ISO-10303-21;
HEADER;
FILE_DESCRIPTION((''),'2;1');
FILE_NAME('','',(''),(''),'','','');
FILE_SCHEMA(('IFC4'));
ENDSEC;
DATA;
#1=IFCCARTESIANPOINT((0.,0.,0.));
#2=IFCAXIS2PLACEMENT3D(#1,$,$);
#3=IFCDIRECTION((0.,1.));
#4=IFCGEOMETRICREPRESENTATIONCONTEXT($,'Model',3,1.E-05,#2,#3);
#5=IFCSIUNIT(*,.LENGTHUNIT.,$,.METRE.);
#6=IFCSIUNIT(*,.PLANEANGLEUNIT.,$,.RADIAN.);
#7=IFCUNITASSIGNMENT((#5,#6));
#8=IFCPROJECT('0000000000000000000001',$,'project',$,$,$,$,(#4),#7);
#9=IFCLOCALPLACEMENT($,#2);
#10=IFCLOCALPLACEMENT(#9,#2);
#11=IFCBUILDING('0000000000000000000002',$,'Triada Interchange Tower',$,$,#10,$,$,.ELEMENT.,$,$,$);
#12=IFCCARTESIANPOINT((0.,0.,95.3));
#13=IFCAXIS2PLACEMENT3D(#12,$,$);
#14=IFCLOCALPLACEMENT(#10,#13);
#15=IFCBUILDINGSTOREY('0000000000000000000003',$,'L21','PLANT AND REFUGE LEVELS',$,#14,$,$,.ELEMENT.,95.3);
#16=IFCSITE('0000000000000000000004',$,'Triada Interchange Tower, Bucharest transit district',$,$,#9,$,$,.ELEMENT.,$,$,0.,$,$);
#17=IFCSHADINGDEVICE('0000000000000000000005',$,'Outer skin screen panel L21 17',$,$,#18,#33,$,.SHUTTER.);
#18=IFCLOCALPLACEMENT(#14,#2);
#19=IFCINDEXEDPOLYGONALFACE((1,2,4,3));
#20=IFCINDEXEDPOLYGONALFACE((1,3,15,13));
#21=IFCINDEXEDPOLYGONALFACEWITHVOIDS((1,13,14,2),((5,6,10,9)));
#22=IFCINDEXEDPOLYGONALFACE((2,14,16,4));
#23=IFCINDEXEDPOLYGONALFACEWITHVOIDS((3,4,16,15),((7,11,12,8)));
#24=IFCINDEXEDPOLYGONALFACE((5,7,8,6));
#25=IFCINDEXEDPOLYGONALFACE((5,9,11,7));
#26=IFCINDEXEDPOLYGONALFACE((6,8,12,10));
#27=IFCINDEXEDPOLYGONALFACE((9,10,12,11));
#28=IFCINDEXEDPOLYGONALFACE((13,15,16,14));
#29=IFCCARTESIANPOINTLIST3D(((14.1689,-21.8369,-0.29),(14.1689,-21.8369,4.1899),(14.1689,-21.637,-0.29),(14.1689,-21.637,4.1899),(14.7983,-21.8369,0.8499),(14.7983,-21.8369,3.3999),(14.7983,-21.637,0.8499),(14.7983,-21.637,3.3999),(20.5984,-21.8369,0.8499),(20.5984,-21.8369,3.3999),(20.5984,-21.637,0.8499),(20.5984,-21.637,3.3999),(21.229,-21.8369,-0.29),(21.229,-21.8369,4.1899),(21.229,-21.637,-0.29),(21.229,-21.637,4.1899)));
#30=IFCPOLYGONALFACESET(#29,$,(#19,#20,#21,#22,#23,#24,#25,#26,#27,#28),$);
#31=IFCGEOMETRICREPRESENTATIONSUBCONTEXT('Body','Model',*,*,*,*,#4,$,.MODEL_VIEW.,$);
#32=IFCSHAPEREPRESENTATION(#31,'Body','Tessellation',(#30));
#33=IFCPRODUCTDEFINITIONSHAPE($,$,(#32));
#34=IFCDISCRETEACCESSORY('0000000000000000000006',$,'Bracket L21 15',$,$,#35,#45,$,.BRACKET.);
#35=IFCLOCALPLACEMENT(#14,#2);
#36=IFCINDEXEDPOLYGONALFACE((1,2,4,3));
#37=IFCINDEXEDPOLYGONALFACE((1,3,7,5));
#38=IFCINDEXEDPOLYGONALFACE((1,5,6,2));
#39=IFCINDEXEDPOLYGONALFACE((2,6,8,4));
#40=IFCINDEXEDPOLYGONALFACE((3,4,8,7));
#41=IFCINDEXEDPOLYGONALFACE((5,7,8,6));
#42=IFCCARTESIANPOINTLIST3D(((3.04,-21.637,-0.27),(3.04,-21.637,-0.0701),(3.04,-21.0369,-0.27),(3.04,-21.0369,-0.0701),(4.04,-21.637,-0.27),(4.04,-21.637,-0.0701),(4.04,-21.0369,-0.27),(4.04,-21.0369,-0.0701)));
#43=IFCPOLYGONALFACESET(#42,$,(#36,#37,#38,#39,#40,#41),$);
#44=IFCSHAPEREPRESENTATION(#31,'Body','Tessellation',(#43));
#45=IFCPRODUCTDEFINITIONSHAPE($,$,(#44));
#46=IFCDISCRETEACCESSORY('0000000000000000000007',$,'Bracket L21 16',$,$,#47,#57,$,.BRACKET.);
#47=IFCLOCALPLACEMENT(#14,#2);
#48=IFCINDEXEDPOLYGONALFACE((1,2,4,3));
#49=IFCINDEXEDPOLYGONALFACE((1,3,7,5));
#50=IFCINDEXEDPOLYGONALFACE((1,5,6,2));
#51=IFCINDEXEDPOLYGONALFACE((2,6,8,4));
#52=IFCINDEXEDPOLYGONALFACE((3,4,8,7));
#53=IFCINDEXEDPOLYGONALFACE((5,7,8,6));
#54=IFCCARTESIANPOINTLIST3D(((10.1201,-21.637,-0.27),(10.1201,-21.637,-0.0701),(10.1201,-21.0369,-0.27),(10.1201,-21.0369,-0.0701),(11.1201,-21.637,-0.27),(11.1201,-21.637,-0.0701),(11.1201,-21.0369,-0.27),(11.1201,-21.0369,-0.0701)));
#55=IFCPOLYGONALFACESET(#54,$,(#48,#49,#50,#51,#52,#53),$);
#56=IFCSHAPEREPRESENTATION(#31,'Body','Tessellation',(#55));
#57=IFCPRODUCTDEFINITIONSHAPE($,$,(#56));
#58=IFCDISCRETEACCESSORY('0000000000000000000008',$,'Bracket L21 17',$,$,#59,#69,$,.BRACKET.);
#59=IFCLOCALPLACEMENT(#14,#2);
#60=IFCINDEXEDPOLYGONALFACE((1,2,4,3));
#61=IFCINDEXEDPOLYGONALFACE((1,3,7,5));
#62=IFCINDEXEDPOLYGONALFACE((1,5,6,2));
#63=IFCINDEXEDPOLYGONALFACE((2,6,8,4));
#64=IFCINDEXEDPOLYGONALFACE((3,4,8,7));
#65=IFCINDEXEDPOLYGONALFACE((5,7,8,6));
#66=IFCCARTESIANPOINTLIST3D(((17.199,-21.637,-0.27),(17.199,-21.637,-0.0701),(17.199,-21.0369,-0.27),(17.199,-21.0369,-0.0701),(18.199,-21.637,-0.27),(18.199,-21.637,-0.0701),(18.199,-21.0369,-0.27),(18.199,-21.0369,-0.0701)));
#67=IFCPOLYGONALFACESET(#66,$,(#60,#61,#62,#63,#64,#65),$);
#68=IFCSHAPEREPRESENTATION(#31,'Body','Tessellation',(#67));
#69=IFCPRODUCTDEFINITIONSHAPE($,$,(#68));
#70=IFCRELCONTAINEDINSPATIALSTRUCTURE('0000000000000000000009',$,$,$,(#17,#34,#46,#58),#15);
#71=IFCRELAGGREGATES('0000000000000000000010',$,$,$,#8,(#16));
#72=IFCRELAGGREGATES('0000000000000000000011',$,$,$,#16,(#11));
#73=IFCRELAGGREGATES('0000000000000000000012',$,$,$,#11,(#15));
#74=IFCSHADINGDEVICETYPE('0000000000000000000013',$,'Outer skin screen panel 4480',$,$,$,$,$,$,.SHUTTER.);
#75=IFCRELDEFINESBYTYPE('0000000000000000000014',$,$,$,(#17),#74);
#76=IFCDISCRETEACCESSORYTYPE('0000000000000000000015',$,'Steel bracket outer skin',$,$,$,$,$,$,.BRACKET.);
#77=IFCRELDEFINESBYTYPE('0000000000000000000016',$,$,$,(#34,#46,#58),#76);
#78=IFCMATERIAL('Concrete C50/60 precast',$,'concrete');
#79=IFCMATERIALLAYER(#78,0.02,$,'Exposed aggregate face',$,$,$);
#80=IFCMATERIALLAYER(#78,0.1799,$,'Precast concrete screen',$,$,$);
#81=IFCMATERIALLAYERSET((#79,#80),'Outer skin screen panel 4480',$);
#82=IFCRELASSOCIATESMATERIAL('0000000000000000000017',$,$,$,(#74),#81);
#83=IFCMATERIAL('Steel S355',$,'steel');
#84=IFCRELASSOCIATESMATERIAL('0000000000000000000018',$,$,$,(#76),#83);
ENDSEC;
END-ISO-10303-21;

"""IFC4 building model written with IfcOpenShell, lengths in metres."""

from ifc_helpers import new_model, si_unit, direction, frame, origin, origin_2d, place, context, subcontext, project, spatial, polyline, rectangle, outline, extrude, material, layer, layer_set, type_object, element, save


model = new_model("IFC4")

# Units and contexts
model_context = context("Model", 3, precision=1e-05, world=origin(), true_north=direction((0.0, 1.0)))
body_context = subcontext(model_context, "Body", "Model", "MODEL_VIEW")
ifc_project = project(units=[si_unit("LENGTHUNIT", "METRE"), si_unit("PLANEANGLEUNIT", "RADIAN")], contexts=[model_context])

# Site, building, storey
site_placement = place(None, origin())
site = spatial("IfcSite", under=ifc_project, at=site_placement, Name="Triada Interchange Tower, Bucharest transit district", CompositionType="ELEMENT", RefElevation=0.0)
building_placement = place(site_placement, origin())
building = spatial("IfcBuilding", under=site, at=building_placement, Name="Triada Interchange Tower", CompositionType="ELEMENT")
storey_placement = place(building_placement, frame((0.0, 0.0, 95.3)))
storey = spatial("IfcBuildingStorey", under=building, at=storey_placement, Name="L21", Description="PLANT AND REFUGE LEVELS", CompositionType="ELEMENT", Elevation=95.3)

# Shared definitions
ifc_material_1 = material(Name="Steel S355", Category="steel")

# Shading device
ifc_material_2 = material(Name="Concrete C50/60 precast", Category="concrete")
ifc_layer_1 = layer(ifc_material_2, 0.02, Name="Exposed aggregate face")
ifc_layer_2 = layer(ifc_material_2, 0.1799, Name="Precast concrete screen")
ifc_layer_set_1 = layer_set([ifc_layer_1, ifc_layer_2], Name="Outer skin screen panel 4480")
shading_device_type = type_object("IfcShadingDeviceType", Name="Outer skin screen panel 4480", PredefinedType="SHUTTER", material=ifc_layer_set_1)
shading_device_1_placement = place(storey_placement, frame((14.1689, -21.637, -0.29), z_axis=(0.0, 0.0, 1.0), x_axis=(1.0, 0.0, 0.0)))
element("IfcShadingDevice", 1, at=shading_device_1_placement, inside=storey, type_object=shading_device_type, Name="Outer skin screen panel L21 17", PredefinedType="SHUTTER", context=body_context, shape_type="SweptSolid", body=[
    extrude(outline(polyline([(0.0, 0.0), (7.0601, 0.0), (7.0601, 4.48), (0.0, 4.48), (0.0, 0.0)]), holes=[polyline([(0.6294, 1.1399), (0.6294, 3.6899), (6.4294, 3.6899), (6.4294, 1.1399), (0.6294, 1.1399)])]), frame((0.0, 0.0, 0.0), z_axis=(0.0, -1.0, 0.0), x_axis=(1.0, 0.0, 0.0)), (0.0, 0.0, 1.0), 0.2),
])

# Discrete accessories
discrete_accessory_type = type_object("IfcDiscreteAccessoryType", Name="Steel bracket outer skin", PredefinedType="BRACKET", material=ifc_material_1)
for number, where, z_axis, x_axis, name in (
    (2, (3.54, -21.3369, -0.27), (0.0, 0.0, 1.0), (0.0, -1.0, 0.0), "Bracket L21 15"),
    (3, (10.6201, -21.3369, -0.27), (0.0, 0.0, 1.0), (0.0, -1.0, 0.0), "Bracket L21 16"),
    (4, (17.699, -21.3369, -0.27), (0.0, 0.0, 1.0), (0.0, -1.0, 0.0), "Bracket L21 17"),
):
    element("IfcDiscreteAccessory", number, at=place(storey_placement, frame(where, z_axis=z_axis, x_axis=x_axis)), inside=storey, type_object=discrete_accessory_type, Name=name, PredefinedType="BRACKET", context=body_context, shape_type="SweptSolid", body=[
        extrude(rectangle(XDim=0.6001, YDim=1.0, at=origin_2d()), origin(), (0.0, 0.0, 1.0), 0.2),
    ])

save(model, "model.ifc")
